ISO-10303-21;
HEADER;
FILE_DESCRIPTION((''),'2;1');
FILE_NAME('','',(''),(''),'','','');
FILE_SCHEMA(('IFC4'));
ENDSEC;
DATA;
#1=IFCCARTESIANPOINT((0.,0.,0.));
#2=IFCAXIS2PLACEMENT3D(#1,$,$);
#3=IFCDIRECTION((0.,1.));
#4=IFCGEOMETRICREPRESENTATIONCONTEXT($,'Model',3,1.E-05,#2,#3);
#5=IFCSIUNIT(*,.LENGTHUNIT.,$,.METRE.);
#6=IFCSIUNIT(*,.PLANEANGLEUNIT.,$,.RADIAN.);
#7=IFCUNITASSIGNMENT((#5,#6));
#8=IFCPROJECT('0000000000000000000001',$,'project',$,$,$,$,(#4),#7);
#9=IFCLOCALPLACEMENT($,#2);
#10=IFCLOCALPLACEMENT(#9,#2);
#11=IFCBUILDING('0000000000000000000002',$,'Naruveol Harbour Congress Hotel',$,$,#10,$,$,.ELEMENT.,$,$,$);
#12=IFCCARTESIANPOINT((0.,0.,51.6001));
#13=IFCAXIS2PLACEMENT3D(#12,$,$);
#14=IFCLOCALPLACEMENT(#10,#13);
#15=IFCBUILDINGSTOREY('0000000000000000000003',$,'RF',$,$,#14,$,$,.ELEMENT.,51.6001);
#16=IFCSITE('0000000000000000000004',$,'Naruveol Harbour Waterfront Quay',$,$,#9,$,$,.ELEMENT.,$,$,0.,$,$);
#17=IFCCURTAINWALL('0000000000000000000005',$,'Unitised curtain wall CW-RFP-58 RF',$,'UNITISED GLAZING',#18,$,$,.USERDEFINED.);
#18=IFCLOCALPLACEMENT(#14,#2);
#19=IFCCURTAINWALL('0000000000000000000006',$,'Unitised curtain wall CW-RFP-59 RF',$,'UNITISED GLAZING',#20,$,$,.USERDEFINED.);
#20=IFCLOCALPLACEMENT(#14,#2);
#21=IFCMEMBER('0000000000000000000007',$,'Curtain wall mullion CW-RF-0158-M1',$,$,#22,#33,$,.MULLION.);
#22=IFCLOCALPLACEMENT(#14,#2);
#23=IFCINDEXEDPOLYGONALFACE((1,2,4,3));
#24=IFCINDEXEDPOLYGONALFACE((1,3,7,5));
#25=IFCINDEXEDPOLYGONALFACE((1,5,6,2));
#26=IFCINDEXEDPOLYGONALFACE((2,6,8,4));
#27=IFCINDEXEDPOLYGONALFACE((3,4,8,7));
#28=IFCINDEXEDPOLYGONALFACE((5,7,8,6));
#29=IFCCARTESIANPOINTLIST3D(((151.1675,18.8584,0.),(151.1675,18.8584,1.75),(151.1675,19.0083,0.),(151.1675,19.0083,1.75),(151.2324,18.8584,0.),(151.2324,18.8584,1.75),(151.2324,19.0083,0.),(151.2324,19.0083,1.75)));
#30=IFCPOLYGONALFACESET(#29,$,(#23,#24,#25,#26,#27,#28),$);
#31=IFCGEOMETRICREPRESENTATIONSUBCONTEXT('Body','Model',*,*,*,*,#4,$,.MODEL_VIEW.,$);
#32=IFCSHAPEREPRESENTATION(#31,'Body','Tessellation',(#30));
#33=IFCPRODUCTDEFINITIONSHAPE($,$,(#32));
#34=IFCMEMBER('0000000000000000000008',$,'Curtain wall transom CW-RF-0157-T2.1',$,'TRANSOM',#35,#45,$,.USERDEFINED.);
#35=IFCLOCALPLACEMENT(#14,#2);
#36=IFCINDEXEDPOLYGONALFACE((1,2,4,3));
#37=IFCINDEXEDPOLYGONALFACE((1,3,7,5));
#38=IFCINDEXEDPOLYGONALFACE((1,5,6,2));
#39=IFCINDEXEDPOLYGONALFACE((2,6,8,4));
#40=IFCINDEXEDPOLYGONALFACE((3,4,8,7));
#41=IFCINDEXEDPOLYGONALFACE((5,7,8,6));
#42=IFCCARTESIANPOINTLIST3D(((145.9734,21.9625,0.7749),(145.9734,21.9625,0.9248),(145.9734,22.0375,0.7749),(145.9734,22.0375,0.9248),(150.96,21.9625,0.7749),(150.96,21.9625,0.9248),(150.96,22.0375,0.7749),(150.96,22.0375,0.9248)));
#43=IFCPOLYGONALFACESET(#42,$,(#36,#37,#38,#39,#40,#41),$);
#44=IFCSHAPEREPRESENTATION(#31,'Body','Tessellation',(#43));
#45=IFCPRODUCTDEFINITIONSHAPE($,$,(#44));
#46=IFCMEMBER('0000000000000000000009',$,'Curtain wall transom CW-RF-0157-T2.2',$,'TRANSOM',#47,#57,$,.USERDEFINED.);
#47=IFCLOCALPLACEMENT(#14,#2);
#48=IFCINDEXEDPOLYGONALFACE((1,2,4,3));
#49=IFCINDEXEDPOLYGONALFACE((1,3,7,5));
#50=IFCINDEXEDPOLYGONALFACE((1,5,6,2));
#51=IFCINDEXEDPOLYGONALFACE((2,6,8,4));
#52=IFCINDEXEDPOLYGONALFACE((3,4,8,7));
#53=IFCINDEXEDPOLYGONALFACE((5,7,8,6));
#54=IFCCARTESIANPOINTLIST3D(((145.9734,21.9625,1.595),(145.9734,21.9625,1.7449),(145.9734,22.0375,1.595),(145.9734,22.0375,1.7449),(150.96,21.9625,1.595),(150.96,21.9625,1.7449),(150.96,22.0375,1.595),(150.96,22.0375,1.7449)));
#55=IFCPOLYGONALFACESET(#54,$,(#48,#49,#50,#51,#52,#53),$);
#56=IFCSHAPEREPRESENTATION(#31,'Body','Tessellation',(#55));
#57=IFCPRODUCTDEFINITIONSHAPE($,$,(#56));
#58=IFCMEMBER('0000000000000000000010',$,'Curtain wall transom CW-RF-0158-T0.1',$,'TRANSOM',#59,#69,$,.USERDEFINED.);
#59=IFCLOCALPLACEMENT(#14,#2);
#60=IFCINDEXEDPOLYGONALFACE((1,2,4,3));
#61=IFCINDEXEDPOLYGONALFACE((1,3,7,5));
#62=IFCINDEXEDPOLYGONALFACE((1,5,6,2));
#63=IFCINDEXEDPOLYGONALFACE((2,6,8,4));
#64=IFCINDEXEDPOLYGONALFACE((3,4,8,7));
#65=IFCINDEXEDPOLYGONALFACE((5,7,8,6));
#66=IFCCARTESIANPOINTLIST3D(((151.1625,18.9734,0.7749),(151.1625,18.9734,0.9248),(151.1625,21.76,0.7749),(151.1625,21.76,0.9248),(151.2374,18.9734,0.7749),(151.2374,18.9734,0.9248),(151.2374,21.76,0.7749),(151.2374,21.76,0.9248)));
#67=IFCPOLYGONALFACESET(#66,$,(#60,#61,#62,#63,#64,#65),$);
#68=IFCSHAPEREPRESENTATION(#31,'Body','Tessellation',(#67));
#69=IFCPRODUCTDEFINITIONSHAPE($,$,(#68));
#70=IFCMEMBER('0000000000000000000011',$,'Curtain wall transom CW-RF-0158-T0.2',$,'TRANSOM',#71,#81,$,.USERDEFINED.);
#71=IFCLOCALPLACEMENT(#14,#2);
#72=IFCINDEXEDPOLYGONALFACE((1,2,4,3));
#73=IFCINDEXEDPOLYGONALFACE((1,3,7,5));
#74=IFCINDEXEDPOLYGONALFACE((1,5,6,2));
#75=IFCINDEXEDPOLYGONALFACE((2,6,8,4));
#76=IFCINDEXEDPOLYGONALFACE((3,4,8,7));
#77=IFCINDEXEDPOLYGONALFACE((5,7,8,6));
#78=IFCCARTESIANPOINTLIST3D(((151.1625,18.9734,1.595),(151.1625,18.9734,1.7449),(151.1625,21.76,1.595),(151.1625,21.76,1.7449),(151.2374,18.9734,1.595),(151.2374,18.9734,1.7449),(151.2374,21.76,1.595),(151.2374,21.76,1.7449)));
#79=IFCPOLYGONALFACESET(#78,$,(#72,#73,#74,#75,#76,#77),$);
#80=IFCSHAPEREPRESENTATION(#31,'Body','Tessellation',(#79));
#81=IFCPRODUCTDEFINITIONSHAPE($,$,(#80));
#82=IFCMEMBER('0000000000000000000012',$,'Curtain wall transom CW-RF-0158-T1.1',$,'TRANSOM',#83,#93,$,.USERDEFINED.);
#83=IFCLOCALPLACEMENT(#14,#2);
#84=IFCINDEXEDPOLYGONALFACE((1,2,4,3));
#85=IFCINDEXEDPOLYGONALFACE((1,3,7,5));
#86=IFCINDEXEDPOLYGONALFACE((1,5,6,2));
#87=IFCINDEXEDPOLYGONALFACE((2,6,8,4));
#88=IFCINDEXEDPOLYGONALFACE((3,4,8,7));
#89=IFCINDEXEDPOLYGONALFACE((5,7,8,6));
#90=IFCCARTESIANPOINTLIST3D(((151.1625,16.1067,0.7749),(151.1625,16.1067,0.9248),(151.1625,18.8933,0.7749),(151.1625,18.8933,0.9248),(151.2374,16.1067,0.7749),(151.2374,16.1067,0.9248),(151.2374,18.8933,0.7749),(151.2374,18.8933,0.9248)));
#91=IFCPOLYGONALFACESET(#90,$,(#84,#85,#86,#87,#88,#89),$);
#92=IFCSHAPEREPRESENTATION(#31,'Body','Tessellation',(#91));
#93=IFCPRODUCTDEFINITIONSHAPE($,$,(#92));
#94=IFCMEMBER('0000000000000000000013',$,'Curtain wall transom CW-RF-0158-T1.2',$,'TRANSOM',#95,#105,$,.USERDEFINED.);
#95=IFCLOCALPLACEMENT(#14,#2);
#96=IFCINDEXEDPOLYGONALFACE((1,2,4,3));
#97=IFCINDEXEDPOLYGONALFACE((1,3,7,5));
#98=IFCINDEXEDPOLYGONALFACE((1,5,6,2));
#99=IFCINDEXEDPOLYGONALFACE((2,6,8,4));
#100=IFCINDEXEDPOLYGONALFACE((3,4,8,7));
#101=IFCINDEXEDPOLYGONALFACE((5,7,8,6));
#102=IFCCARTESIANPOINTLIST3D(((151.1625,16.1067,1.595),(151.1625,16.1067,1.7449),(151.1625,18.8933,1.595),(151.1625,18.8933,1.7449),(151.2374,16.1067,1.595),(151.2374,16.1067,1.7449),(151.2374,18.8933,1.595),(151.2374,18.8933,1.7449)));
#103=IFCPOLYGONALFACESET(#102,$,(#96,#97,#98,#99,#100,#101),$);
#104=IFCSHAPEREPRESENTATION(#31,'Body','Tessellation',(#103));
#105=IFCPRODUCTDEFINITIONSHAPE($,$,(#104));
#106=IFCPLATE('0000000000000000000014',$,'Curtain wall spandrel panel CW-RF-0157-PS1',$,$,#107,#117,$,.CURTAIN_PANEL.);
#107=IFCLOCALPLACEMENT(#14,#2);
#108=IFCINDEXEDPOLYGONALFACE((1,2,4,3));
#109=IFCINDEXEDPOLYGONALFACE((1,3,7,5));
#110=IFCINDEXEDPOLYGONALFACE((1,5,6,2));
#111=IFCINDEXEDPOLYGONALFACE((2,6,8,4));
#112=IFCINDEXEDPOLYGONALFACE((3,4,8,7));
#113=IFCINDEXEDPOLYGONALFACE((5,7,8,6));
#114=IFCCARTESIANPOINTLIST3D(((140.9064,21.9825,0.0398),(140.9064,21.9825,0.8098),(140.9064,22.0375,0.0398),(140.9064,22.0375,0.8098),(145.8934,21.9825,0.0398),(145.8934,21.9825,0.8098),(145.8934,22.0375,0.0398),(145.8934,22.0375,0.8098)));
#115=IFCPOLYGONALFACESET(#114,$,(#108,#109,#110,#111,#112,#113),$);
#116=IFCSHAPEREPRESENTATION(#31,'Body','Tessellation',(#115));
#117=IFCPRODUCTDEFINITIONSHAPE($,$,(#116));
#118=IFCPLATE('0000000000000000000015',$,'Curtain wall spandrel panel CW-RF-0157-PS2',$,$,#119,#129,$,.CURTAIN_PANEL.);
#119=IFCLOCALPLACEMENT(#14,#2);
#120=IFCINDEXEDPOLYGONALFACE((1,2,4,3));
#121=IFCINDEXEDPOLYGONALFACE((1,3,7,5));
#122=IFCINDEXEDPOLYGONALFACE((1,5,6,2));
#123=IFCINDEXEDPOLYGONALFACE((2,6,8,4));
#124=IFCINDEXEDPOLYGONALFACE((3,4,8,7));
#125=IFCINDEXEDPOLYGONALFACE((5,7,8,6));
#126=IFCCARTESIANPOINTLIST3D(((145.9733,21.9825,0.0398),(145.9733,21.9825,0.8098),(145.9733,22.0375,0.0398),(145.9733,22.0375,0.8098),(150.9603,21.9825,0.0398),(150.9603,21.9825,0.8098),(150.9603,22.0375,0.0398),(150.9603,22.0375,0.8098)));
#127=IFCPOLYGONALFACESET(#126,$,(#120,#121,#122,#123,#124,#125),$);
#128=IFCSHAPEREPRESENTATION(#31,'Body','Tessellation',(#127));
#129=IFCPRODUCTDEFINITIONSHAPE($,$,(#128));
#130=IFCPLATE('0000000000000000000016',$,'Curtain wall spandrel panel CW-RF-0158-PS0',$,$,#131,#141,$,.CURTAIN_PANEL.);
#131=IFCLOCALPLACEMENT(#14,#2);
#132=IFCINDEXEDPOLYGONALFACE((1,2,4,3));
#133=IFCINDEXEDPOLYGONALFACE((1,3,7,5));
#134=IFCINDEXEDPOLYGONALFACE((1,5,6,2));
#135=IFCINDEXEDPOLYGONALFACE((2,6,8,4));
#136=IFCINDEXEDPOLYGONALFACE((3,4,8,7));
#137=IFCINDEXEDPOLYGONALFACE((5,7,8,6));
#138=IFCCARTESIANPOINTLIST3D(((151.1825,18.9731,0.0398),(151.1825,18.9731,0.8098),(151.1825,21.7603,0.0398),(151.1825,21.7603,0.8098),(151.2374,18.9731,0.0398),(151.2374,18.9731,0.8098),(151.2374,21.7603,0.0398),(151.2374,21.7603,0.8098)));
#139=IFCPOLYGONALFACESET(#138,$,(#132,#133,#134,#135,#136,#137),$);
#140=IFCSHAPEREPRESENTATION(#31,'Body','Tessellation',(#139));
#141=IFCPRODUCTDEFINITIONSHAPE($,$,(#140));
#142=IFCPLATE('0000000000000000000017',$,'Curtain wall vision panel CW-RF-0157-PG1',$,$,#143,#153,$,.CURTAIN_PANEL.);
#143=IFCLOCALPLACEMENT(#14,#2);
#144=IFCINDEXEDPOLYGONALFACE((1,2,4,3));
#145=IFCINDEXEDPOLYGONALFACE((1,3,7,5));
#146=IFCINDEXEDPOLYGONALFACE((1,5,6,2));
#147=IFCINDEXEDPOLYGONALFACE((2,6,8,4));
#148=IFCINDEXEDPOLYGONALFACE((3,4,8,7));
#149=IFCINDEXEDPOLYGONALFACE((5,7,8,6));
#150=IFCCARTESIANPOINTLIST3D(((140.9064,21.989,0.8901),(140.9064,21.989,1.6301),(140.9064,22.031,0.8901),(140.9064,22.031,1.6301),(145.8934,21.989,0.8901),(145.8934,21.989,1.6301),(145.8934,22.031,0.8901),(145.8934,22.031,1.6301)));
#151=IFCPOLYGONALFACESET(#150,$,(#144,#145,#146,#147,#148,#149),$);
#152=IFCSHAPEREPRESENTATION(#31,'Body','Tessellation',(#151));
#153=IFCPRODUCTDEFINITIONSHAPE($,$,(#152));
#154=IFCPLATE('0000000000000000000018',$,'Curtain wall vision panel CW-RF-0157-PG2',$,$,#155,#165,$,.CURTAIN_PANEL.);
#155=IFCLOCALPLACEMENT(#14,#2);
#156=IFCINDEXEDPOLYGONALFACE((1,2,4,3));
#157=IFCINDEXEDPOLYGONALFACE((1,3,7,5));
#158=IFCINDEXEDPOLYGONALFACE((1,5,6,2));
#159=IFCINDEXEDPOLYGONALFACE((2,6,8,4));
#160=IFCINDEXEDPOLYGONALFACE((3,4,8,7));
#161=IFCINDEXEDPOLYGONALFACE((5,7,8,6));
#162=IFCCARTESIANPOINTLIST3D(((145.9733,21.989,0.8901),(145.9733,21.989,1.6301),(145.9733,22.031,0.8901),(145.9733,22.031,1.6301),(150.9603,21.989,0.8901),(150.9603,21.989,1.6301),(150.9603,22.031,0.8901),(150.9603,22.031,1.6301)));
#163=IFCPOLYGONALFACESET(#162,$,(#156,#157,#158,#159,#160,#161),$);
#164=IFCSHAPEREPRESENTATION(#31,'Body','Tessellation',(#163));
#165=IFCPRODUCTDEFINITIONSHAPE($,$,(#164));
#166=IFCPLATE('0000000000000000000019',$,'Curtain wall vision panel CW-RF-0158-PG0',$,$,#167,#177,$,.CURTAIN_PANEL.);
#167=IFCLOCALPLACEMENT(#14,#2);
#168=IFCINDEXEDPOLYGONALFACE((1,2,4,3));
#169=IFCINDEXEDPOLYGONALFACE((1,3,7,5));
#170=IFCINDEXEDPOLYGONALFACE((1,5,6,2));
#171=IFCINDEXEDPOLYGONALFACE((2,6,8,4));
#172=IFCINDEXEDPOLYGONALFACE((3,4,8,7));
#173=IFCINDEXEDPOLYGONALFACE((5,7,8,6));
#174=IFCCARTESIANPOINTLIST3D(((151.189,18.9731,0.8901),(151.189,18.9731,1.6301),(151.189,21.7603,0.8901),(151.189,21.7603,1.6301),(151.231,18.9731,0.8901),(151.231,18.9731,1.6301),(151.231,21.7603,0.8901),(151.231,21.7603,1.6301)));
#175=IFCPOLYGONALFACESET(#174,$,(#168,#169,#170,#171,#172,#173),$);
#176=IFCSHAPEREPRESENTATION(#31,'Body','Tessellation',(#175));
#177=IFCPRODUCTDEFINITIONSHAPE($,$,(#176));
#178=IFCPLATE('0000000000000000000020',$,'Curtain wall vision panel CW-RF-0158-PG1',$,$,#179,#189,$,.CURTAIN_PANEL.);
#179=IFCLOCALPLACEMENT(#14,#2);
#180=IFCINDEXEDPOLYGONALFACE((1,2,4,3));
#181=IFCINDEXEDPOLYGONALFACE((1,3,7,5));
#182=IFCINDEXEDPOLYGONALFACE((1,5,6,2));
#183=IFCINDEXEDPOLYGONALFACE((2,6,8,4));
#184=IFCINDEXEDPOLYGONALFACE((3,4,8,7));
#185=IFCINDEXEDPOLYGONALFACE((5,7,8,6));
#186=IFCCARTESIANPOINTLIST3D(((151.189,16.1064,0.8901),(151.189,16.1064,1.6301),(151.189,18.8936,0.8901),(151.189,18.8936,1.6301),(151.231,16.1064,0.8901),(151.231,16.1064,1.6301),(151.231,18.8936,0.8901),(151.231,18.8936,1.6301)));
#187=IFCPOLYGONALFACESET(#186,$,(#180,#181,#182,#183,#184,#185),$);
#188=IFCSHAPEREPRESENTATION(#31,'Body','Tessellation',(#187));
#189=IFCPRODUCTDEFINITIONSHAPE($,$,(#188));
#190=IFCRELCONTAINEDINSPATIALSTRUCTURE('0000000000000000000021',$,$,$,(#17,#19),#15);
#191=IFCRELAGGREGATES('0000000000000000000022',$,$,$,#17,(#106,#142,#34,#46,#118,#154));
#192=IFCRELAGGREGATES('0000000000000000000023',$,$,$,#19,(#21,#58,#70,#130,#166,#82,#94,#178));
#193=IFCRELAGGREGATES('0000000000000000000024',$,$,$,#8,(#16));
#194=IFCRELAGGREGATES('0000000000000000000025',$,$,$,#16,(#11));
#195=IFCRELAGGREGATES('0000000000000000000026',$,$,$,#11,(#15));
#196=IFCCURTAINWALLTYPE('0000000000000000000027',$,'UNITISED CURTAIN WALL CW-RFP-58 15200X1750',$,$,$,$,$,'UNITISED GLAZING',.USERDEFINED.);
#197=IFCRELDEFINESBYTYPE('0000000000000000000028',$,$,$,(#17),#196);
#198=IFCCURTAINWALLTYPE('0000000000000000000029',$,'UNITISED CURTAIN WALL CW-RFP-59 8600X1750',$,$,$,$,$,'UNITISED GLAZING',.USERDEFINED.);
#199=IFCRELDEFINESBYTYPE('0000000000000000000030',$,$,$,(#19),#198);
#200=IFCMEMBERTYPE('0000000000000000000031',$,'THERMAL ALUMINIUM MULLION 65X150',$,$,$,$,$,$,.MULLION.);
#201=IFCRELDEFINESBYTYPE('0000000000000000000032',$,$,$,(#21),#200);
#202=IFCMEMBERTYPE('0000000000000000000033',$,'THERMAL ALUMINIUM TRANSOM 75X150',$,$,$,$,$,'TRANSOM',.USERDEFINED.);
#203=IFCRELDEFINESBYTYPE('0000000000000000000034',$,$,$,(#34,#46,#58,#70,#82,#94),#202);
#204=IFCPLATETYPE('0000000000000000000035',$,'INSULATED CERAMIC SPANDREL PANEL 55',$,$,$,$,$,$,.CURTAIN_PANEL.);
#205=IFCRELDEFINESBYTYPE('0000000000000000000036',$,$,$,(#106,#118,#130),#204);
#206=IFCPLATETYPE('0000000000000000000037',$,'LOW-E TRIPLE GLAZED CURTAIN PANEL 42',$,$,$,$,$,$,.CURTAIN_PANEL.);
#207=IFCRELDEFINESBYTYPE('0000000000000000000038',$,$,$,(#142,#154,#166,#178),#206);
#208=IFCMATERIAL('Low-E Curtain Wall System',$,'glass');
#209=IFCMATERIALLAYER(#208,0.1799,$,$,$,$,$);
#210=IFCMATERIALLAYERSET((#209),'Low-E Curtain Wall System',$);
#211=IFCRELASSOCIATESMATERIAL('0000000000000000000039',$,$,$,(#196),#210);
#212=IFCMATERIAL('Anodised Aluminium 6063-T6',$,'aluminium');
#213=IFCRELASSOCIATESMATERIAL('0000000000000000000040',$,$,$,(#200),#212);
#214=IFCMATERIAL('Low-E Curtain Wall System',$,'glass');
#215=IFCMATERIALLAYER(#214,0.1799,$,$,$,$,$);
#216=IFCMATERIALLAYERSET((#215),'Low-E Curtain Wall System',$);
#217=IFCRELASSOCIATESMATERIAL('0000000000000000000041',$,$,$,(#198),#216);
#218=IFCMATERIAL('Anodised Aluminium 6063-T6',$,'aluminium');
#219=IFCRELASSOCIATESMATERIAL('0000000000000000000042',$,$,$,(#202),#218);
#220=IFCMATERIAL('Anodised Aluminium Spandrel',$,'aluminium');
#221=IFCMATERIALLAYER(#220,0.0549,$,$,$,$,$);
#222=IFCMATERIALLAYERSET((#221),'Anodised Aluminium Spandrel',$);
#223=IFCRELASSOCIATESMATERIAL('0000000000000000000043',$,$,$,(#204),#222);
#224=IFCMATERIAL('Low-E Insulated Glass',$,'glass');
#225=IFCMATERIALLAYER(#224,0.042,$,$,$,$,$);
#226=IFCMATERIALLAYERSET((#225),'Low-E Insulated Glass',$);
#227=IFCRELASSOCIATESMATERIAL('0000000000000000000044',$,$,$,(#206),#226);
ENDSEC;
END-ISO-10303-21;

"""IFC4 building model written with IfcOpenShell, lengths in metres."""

from ifc_helpers import new_model, si_unit, direction, frame, origin, origin_2d, place, context, subcontext, project, spatial, rectangle, extrude, material, layer, layer_set, material_profile, profile_set, type_object, element, aggregate, save


model = new_model("IFC4")

# Units and contexts
model_context = context("Model", 3, precision=1e-05, world=origin(), true_north=direction((0.0, 1.0)))
body_context = subcontext(model_context, "Body", "Model", "MODEL_VIEW")
ifc_project = project(units=[si_unit("LENGTHUNIT", "METRE"), si_unit("PLANEANGLEUNIT", "RADIAN")], contexts=[model_context])

# Site, building, storey
site_placement = place(None, origin())
site = spatial("IfcSite", under=ifc_project, at=site_placement, Name="Naruveol Harbour Waterfront Quay", CompositionType="ELEMENT", RefElevation=0.0)
building_placement = place(site_placement, origin())
building = spatial("IfcBuilding", under=site, at=building_placement, Name="Naruveol Harbour Congress Hotel", CompositionType="ELEMENT")
storey_placement = place(building_placement, frame((0.0, 0.0, 51.6001)))
storey = spatial("IfcBuildingStorey", under=building, at=storey_placement, Name="RF", CompositionType="ELEMENT", Elevation=51.6001)

# Curtain walls, member
ifc_material_1 = material(Name="Low-E Curtain Wall System", Category="glass")
ifc_layer_1 = layer(ifc_material_1, 0.1799)
ifc_layer_set_1 = layer_set([ifc_layer_1], Name="Low-E Curtain Wall System")
curtain_wall_type_1 = type_object("IfcCurtainWallType", Name="UNITISED CURTAIN WALL CW-RFP-58 15200X1750", ElementType="UNITISED GLAZING", PredefinedType="USERDEFINED", material=ifc_layer_set_1)
curtain_wall_1_placement = place(storey_placement, origin())
curtain_wall_1 = element("IfcCurtainWall", 1, at=curtain_wall_1_placement, inside=storey, type_object=curtain_wall_type_1, Name="Unitised curtain wall CW-RFP-58 RF", ObjectType="UNITISED GLAZING", PredefinedType="USERDEFINED")
ifc_material_2 = material(Name="Anodised Aluminium 6063-T6", Category="aluminium")
ifc_material_profile_1 = material_profile(ifc_material_2, rectangle(XDim=0.0649, YDim=0.1499, at=origin_2d()), Name="ALU-65x150")
ifc_profile_set_1 = profile_set([ifc_material_profile_1], Name="Anodised Aluminium 6063-T6")
member_type_1 = type_object("IfcMemberType", Name="THERMAL ALUMINIUM MULLION 65X150", PredefinedType="MULLION", material=ifc_profile_set_1)
ifc_material_3 = material(Name="Low-E Curtain Wall System", Category="glass")
ifc_layer_2 = layer(ifc_material_3, 0.1799)
ifc_layer_set_2 = layer_set([ifc_layer_2], Name="Low-E Curtain Wall System")
curtain_wall_type_2 = type_object("IfcCurtainWallType", Name="UNITISED CURTAIN WALL CW-RFP-59 8600X1750", ElementType="UNITISED GLAZING", PredefinedType="USERDEFINED", material=ifc_layer_set_2)
curtain_wall_2_placement = place(storey_placement, origin())
curtain_wall_2 = element("IfcCurtainWall", 2, at=curtain_wall_2_placement, inside=storey, type_object=curtain_wall_type_2, Name="Unitised curtain wall CW-RFP-59 RF", ObjectType="UNITISED GLAZING", PredefinedType="USERDEFINED")
member_1_placement = place(storey_placement, frame((151.2, 18.9333, 0.0), z_axis=(0.0, 0.0, 1.0), x_axis=(1.0, 0.0, 0.0)))
member_1 = element("IfcMember", 3, at=member_1_placement, type_object=member_type_1, Name="Curtain wall mullion CW-RF-0158-M1", PredefinedType="MULLION", context=body_context, shape_type="SweptSolid", body=[
    extrude(rectangle(XDim=0.0649, YDim=0.1499, at=origin_2d()), origin(), (0.0, 0.0, 1.0), 1.75),
])

# Members
ifc_material_4 = material(Name="Anodised Aluminium 6063-T6", Category="aluminium")
ifc_material_profile_2 = material_profile(ifc_material_4, rectangle(XDim=0.075, YDim=0.1499, at=origin_2d()), Name="ALU-75x150")
ifc_profile_set_2 = profile_set([ifc_material_profile_2], Name="Anodised Aluminium 6063-T6")
member_type_2 = type_object("IfcMemberType", Name="THERMAL ALUMINIUM TRANSOM 75X150", ElementType="TRANSOM", PredefinedType="USERDEFINED", material=ifc_profile_set_2)
member_2_placement = place(storey_placement, frame((145.9734, 22.0, 0.8499), z_axis=(1.0, 0.0, 0.0), x_axis=(0.0, 1.0, 0.0)))
member_2 = element("IfcMember", 4, at=member_2_placement, type_object=member_type_2, Name="Curtain wall transom CW-RF-0157-T2.1", ObjectType="TRANSOM", PredefinedType="USERDEFINED", context=body_context, shape_type="SweptSolid", body=[
    extrude(rectangle(XDim=0.075, YDim=0.1499, at=origin_2d()), origin(), (0.0, 0.0, 1.0), 4.9866),
])
member_3_placement = place(storey_placement, frame((145.9734, 22.0, 1.6699), z_axis=(1.0, 0.0, 0.0), x_axis=(0.0, 1.0, 0.0)))
member_3 = element("IfcMember", 5, at=member_3_placement, type_object=member_type_2, Name="Curtain wall transom CW-RF-0157-T2.2", ObjectType="TRANSOM", PredefinedType="USERDEFINED", context=body_context, shape_type="SweptSolid", body=[
    extrude(rectangle(XDim=0.075, YDim=0.1499, at=origin_2d()), origin(), (0.0, 0.0, 1.0), 4.9866),
])
member_4_placement = place(storey_placement, frame((151.2, 21.76, 0.8499), z_axis=(0.0, -1.0, 0.0), x_axis=(1.0, 0.0, 0.0)))
member_4 = element("IfcMember", 6, at=member_4_placement, type_object=member_type_2, Name="Curtain wall transom CW-RF-0158-T0.1", ObjectType="TRANSOM", PredefinedType="USERDEFINED", context=body_context, shape_type="SweptSolid", body=[
    extrude(rectangle(XDim=0.075, YDim=0.1499, at=origin_2d()), origin(), (0.0, 0.0, 1.0), 2.7866),
])
member_5_placement = place(storey_placement, frame((151.2, 21.76, 1.6699), z_axis=(0.0, -1.0, 0.0), x_axis=(1.0, 0.0, 0.0)))
member_5 = element("IfcMember", 7, at=member_5_placement, type_object=member_type_2, Name="Curtain wall transom CW-RF-0158-T0.2", ObjectType="TRANSOM", PredefinedType="USERDEFINED", context=body_context, shape_type="SweptSolid", body=[
    extrude(rectangle(XDim=0.075, YDim=0.1499, at=origin_2d()), origin(), (0.0, 0.0, 1.0), 2.7866),
])
member_6_placement = place(storey_placement, frame((151.2, 18.8933, 0.8499), z_axis=(0.0, -1.0, 0.0), x_axis=(1.0, 0.0, 0.0)))
member_6 = element("IfcMember", 8, at=member_6_placement, type_object=member_type_2, Name="Curtain wall transom CW-RF-0158-T1.1", ObjectType="TRANSOM", PredefinedType="USERDEFINED", context=body_context, shape_type="SweptSolid", body=[
    extrude(rectangle(XDim=0.075, YDim=0.1499, at=origin_2d()), origin(), (0.0, 0.0, 1.0), 2.7866),
])
member_7_placement = place(storey_placement, frame((151.2, 18.8933, 1.6699), z_axis=(0.0, -1.0, 0.0), x_axis=(1.0, 0.0, 0.0)))
member_7 = element("IfcMember", 9, at=member_7_placement, type_object=member_type_2, Name="Curtain wall transom CW-RF-0158-T1.2", ObjectType="TRANSOM", PredefinedType="USERDEFINED", context=body_context, shape_type="SweptSolid", body=[
    extrude(rectangle(XDim=0.075, YDim=0.1499, at=origin_2d()), origin(), (0.0, 0.0, 1.0), 2.7866),
])

# Plates
ifc_material_5 = material(Name="Anodised Aluminium Spandrel", Category="aluminium")
ifc_layer_3 = layer(ifc_material_5, 0.0549)
ifc_layer_set_3 = layer_set([ifc_layer_3], Name="Anodised Aluminium Spandrel")
plate_type_1 = type_object("IfcPlateType", Name="INSULATED CERAMIC SPANDREL PANEL 55", PredefinedType="CURTAIN_PANEL", material=ifc_layer_set_3)
plate_1_placement = place(storey_placement, frame((143.3999, 22.01, 0.0398), z_axis=(0.0, 0.0, 1.0), x_axis=(1.0, 0.0, 0.0)))
plate_1 = element("IfcPlate", 10, at=plate_1_placement, type_object=plate_type_1, Name="Curtain wall spandrel panel CW-RF-0157-PS1", PredefinedType="CURTAIN_PANEL", context=body_context, shape_type="SweptSolid", body=[
    extrude(rectangle(XDim=4.9871, YDim=0.0549, at=origin_2d()), origin(), (0.0, 0.0, 1.0), 0.77),
])
plate_2_placement = place(storey_placement, frame((148.4668, 22.01, 0.0398), z_axis=(0.0, 0.0, 1.0), x_axis=(1.0, 0.0, 0.0)))
plate_2 = element("IfcPlate", 11, at=plate_2_placement, type_object=plate_type_1, Name="Curtain wall spandrel panel CW-RF-0157-PS2", PredefinedType="CURTAIN_PANEL", context=body_context, shape_type="SweptSolid", body=[
    extrude(rectangle(XDim=4.9871, YDim=0.0549, at=origin_2d()), origin(), (0.0, 0.0, 1.0), 0.77),
])
plate_3_placement = place(storey_placement, frame((151.21, 20.3667, 0.0398), z_axis=(0.0, 0.0, 1.0), x_axis=(0.0, -1.0, 0.0)))
plate_3 = element("IfcPlate", 12, at=plate_3_placement, type_object=plate_type_1, Name="Curtain wall spandrel panel CW-RF-0158-PS0", PredefinedType="CURTAIN_PANEL", context=body_context, shape_type="SweptSolid", body=[
    extrude(rectangle(XDim=2.7871, YDim=0.0549, at=origin_2d()), origin(), (0.0, 0.0, 1.0), 0.77),
])
ifc_material_6 = material(Name="Low-E Insulated Glass", Category="glass")
ifc_layer_4 = layer(ifc_material_6, 0.042)
ifc_layer_set_4 = layer_set([ifc_layer_4], Name="Low-E Insulated Glass")
plate_type_2 = type_object("IfcPlateType", Name="LOW-E TRIPLE GLAZED CURTAIN PANEL 42", PredefinedType="CURTAIN_PANEL", material=ifc_layer_set_4)
plate_4_placement = place(storey_placement, frame((143.3999, 22.01, 0.8901), z_axis=(0.0, 0.0, 1.0), x_axis=(1.0, 0.0, 0.0)))
plate_4 = element("IfcPlate", 13, at=plate_4_placement, type_object=plate_type_2, Name="Curtain wall vision panel CW-RF-0157-PG1", PredefinedType="CURTAIN_PANEL", context=body_context, shape_type="SweptSolid", body=[
    extrude(rectangle(XDim=4.9871, YDim=0.042, at=origin_2d()), origin(), (0.0, 0.0, 1.0), 0.74),
])
plate_5_placement = place(storey_placement, frame((148.4668, 22.01, 0.8901), z_axis=(0.0, 0.0, 1.0), x_axis=(1.0, 0.0, 0.0)))
plate_5 = element("IfcPlate", 14, at=plate_5_placement, type_object=plate_type_2, Name="Curtain wall vision panel CW-RF-0157-PG2", PredefinedType="CURTAIN_PANEL", context=body_context, shape_type="SweptSolid", body=[
    extrude(rectangle(XDim=4.9871, YDim=0.042, at=origin_2d()), origin(), (0.0, 0.0, 1.0), 0.74),
])
aggregate(curtain_wall_1, [plate_1, plate_4, member_2, member_3, plate_2, plate_5])
plate_6_placement = place(storey_placement, frame((151.21, 20.3667, 0.8901), z_axis=(0.0, 0.0, 1.0), x_axis=(0.0, -1.0, 0.0)))
plate_6 = element("IfcPlate", 15, at=plate_6_placement, type_object=plate_type_2, Name="Curtain wall vision panel CW-RF-0158-PG0", PredefinedType="CURTAIN_PANEL", context=body_context, shape_type="SweptSolid", body=[
    extrude(rectangle(XDim=2.7871, YDim=0.042, at=origin_2d()), origin(), (0.0, 0.0, 1.0), 0.74),
])
plate_7_placement = place(storey_placement, frame((151.21, 17.5, 0.8901), z_axis=(0.0, 0.0, 1.0), x_axis=(0.0, -1.0, 0.0)))
plate_7 = element("IfcPlate", 16, at=plate_7_placement, type_object=plate_type_2, Name="Curtain wall vision panel CW-RF-0158-PG1", PredefinedType="CURTAIN_PANEL", context=body_context, shape_type="SweptSolid", body=[
    extrude(rectangle(XDim=2.7871, YDim=0.042, at=origin_2d()), origin(), (0.0, 0.0, 1.0), 0.74),
])
aggregate(curtain_wall_2, [member_1, member_4, member_5, plate_3, plate_6, member_6, member_7, plate_7])

save(model, "model.ifc")
